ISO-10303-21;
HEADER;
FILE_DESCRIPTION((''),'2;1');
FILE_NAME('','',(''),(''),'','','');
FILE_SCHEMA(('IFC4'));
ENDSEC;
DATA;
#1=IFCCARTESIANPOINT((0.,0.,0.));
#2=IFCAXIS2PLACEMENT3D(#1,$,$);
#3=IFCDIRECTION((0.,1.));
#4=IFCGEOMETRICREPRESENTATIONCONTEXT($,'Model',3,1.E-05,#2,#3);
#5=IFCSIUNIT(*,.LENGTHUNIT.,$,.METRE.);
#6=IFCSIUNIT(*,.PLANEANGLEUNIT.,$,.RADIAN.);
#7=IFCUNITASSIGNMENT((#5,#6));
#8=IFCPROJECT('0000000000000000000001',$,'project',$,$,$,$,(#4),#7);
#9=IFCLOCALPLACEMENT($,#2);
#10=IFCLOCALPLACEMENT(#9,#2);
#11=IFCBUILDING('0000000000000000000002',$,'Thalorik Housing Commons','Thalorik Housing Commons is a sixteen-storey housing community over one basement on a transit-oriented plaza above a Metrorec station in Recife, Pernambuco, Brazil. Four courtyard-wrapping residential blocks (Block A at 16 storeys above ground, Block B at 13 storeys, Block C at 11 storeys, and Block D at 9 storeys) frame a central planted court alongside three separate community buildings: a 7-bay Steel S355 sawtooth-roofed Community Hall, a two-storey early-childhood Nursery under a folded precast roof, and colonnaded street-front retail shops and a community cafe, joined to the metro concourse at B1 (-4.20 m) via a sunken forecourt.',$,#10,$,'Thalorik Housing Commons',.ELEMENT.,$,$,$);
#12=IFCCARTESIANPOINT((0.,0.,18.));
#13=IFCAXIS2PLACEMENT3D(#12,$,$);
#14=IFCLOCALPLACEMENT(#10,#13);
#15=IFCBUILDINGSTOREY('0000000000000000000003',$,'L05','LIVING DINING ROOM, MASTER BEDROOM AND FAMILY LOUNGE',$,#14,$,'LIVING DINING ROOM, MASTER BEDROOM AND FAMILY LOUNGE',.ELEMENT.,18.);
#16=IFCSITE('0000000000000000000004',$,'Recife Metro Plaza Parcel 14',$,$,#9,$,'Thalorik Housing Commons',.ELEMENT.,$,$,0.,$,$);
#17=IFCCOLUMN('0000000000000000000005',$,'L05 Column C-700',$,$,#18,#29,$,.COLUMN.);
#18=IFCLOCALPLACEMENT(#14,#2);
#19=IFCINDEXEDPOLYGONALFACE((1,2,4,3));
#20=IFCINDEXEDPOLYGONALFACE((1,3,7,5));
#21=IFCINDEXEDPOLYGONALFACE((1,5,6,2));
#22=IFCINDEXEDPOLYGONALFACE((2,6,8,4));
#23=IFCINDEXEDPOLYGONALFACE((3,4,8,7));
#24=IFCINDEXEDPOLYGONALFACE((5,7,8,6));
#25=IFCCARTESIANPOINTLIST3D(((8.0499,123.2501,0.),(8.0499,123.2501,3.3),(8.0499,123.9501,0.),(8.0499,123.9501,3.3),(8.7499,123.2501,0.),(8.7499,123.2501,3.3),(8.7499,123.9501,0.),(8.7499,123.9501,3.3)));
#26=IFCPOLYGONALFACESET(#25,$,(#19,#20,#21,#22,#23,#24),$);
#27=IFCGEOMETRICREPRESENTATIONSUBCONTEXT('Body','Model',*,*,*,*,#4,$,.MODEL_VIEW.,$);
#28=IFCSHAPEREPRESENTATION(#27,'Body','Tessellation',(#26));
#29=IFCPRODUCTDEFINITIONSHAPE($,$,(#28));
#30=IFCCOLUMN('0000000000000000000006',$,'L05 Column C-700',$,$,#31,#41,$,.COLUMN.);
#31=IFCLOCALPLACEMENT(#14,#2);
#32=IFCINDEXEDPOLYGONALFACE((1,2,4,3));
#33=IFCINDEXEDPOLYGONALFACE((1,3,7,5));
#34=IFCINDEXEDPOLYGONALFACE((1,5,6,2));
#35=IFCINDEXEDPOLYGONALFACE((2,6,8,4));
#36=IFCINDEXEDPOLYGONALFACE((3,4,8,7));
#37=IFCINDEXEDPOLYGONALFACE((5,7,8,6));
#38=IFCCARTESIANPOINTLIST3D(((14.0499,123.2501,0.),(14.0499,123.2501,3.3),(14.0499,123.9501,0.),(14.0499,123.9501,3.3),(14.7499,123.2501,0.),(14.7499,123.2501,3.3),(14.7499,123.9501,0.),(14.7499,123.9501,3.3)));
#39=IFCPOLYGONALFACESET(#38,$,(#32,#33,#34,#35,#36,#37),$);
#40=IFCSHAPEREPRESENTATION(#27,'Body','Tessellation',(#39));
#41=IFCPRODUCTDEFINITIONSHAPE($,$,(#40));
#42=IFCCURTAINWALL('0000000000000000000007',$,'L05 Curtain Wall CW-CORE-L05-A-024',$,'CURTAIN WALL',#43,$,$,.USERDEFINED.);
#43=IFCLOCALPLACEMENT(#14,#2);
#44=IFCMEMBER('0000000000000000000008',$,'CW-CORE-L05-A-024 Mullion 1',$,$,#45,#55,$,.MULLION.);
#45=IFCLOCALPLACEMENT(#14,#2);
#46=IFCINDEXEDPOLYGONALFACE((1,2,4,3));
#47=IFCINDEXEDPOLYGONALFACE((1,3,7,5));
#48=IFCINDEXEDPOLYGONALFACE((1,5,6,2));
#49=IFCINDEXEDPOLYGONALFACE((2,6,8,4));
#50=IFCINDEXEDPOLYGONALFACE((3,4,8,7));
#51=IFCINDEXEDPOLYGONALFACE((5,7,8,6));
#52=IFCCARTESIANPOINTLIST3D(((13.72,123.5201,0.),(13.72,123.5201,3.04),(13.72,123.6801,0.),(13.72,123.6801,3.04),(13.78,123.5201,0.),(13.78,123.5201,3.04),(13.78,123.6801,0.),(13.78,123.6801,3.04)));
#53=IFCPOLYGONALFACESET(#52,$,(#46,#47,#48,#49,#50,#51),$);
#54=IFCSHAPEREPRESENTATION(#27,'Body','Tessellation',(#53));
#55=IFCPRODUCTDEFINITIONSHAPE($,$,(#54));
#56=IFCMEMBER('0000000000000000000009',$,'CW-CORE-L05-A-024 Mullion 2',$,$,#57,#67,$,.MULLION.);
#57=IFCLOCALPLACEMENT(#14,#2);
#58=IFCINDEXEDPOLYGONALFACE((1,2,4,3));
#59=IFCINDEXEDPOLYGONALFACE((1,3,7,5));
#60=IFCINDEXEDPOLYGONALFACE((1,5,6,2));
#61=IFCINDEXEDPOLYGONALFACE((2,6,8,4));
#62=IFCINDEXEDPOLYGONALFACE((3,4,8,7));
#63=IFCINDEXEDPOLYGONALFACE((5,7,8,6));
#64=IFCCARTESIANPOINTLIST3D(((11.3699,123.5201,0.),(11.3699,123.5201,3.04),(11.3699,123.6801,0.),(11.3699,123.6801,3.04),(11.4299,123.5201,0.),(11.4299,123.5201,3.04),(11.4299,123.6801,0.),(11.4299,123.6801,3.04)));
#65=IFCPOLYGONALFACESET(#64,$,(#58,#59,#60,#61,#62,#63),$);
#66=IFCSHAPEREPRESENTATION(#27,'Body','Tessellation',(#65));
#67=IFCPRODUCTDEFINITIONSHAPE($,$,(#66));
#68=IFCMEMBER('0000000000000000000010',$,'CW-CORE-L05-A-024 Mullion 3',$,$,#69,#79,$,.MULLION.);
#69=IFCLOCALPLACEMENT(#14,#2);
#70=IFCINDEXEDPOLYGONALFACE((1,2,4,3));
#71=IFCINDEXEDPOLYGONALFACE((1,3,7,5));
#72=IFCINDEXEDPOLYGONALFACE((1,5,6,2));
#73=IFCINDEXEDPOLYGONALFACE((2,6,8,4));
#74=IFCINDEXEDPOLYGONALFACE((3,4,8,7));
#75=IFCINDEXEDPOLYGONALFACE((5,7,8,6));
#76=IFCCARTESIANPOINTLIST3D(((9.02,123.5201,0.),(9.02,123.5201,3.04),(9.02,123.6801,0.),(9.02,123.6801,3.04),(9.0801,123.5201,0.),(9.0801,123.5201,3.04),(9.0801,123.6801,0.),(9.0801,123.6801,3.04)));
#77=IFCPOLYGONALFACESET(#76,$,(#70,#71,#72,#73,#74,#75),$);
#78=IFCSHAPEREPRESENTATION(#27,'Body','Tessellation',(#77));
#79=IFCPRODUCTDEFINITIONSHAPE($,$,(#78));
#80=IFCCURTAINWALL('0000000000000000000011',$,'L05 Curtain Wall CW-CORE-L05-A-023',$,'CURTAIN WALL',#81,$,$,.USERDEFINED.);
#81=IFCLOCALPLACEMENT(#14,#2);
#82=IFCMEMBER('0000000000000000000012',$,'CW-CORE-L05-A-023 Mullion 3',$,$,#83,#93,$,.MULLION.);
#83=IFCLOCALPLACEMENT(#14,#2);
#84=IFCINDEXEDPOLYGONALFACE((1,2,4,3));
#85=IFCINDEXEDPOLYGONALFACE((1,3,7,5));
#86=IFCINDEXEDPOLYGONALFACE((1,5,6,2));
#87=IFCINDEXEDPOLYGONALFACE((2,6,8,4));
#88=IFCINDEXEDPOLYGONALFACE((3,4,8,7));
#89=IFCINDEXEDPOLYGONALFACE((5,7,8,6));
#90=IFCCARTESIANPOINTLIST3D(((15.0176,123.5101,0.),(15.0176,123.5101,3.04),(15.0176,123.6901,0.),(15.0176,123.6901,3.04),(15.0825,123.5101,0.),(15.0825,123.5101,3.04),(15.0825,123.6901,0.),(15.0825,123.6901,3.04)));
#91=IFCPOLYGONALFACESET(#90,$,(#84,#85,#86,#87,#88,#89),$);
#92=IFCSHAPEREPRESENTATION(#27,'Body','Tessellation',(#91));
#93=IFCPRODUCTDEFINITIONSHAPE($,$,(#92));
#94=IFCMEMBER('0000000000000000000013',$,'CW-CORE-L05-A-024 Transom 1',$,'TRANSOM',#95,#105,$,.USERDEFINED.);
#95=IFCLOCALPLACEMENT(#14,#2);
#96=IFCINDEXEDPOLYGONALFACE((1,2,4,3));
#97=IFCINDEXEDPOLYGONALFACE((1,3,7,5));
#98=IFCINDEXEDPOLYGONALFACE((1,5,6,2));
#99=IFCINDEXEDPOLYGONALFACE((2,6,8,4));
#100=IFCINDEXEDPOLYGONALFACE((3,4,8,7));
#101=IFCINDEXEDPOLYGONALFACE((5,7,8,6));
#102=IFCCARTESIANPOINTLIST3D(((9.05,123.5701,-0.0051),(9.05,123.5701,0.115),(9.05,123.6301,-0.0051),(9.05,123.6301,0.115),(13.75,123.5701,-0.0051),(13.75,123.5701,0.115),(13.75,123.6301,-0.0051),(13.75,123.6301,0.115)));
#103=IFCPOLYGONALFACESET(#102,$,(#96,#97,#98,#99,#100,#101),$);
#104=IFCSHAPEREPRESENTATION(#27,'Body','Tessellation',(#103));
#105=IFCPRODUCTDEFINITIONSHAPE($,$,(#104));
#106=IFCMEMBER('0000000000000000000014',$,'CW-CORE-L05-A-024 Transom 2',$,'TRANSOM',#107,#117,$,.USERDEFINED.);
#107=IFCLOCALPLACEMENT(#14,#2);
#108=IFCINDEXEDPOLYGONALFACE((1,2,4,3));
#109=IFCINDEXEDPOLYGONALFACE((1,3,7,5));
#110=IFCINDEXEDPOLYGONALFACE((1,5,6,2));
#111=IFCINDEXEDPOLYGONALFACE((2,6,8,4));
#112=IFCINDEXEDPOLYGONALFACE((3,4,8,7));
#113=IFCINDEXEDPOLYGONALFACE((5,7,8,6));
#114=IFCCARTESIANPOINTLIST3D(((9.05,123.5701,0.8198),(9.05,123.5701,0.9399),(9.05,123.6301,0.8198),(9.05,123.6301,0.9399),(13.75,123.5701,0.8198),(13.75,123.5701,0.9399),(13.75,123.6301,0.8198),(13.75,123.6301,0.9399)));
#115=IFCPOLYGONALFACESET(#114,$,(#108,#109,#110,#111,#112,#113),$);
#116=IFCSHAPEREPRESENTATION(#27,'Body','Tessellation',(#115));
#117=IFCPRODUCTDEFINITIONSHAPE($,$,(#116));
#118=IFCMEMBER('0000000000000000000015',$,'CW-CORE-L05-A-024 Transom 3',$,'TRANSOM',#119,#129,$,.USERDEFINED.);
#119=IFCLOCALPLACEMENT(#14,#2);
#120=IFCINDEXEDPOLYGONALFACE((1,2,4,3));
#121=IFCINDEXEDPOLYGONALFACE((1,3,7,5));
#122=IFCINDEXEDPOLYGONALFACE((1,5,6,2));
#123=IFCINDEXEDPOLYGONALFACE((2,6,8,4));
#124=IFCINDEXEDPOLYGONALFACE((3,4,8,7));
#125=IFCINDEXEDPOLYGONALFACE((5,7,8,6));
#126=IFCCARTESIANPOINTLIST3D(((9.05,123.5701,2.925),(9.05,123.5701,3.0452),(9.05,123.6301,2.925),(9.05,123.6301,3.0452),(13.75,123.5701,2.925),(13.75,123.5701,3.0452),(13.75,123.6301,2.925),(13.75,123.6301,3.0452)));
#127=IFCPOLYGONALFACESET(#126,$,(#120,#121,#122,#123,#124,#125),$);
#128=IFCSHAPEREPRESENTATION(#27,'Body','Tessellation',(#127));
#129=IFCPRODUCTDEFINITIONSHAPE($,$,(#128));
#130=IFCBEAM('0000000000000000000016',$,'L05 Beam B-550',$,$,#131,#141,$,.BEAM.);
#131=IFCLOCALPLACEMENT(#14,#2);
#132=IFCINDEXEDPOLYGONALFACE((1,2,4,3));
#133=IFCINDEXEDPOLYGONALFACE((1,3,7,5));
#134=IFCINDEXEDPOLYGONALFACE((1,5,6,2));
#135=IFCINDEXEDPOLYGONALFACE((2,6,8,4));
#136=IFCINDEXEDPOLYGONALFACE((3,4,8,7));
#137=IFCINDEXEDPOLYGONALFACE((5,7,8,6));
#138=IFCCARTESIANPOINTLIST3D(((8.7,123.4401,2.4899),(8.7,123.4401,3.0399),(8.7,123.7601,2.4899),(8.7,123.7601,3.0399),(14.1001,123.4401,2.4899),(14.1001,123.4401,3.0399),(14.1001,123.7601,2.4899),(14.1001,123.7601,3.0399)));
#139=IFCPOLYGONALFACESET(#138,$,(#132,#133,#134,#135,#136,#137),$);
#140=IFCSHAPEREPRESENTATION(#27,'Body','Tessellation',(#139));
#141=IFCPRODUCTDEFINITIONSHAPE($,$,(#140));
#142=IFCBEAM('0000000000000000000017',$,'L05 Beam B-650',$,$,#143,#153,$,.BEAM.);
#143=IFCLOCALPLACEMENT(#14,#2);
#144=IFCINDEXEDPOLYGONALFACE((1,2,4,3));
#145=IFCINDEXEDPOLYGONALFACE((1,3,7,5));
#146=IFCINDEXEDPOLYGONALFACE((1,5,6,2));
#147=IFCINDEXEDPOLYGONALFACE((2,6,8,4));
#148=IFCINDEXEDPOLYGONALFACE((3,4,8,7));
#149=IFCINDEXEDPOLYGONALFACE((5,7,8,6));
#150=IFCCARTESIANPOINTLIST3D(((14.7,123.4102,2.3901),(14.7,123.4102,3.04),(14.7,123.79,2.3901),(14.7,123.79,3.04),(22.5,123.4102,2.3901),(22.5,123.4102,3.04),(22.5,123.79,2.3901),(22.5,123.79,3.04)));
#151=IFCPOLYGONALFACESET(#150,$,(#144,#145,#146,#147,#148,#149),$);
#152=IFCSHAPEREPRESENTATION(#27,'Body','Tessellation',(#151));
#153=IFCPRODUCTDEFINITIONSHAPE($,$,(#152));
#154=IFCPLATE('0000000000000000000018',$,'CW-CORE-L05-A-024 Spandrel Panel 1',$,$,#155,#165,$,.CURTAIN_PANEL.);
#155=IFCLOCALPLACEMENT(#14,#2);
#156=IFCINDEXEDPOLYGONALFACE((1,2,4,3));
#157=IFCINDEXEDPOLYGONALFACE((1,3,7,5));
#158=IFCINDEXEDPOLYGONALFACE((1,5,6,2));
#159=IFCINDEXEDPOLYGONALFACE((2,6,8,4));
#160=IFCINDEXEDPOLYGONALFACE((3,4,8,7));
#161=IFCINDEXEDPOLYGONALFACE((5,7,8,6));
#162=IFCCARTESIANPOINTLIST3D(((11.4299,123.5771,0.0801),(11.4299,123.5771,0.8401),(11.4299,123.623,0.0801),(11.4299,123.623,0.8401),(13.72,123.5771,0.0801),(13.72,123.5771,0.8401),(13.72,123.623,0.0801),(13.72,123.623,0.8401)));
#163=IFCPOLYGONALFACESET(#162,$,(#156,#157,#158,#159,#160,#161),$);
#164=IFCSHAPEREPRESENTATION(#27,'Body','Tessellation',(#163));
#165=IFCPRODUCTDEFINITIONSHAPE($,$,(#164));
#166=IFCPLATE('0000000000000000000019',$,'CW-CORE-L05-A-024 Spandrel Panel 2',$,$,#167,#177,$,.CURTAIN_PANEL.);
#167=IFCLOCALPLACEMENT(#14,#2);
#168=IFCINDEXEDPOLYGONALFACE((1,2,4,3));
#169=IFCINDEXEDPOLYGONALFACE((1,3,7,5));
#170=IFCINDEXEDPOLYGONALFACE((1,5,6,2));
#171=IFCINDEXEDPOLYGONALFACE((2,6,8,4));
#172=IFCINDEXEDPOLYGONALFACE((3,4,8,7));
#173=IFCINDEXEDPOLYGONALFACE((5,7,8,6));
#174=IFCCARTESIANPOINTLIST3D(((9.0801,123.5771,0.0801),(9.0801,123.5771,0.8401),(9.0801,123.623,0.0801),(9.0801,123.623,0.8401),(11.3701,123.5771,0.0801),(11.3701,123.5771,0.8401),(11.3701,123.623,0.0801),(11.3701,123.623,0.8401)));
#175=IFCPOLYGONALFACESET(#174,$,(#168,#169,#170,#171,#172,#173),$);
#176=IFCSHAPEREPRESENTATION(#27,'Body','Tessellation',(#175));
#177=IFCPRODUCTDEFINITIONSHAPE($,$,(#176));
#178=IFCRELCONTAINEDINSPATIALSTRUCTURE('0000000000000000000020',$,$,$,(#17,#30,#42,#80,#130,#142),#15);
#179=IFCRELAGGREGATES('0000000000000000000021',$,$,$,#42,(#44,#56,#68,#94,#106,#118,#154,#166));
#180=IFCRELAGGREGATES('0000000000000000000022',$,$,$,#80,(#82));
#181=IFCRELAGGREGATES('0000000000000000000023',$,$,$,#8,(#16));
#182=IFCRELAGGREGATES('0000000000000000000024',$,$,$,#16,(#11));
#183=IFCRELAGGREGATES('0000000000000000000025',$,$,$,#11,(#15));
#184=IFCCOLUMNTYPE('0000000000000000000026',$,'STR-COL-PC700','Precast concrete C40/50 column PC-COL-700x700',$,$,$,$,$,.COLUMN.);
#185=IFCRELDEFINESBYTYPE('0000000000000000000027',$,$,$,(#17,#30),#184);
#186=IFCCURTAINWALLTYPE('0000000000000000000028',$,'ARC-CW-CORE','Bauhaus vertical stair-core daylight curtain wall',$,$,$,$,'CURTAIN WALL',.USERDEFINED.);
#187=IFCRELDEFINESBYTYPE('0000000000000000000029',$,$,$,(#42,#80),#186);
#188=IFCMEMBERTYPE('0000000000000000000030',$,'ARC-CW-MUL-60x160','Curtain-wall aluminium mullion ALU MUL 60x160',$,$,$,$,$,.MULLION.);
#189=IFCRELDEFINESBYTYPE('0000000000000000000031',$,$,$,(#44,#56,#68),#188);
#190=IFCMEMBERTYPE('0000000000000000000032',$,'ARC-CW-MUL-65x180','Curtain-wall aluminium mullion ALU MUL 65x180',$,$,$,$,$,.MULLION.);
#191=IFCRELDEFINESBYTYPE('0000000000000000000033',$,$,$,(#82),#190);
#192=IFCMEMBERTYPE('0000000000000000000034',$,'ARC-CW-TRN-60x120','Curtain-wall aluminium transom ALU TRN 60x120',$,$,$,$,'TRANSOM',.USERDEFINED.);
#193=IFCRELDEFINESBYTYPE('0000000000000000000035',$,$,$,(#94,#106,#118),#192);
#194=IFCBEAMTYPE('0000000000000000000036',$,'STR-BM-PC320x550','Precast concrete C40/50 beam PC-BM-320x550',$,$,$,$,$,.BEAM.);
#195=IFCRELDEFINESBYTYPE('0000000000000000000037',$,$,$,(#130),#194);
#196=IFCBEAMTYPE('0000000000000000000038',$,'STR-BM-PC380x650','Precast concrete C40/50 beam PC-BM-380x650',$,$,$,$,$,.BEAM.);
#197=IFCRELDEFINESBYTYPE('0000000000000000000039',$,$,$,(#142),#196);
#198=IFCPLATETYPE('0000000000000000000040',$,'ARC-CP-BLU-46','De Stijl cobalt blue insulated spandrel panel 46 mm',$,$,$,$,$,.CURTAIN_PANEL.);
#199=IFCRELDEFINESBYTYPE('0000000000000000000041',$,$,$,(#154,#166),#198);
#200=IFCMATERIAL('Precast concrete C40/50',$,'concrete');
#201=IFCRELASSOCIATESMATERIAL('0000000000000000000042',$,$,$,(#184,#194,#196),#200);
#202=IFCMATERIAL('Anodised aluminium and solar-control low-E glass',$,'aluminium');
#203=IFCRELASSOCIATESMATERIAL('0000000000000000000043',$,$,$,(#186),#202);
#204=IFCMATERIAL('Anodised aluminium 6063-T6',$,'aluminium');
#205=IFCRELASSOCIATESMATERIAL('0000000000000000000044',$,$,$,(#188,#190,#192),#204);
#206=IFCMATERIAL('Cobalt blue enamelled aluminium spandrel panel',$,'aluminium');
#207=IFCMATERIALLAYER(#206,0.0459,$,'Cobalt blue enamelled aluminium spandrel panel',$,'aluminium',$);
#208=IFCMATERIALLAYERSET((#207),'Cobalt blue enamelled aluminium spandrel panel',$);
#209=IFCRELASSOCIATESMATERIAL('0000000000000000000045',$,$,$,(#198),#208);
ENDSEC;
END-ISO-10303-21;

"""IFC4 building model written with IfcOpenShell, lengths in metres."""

from ifc_helpers import new_model, si_unit, direction, frame, origin, origin_2d, place, context, subcontext, project, spatial, rectangle, extrude, material, layer, layer_set, material_profile, profile_set, type_object, element, aggregate, save


model = new_model("IFC4")

# Units and contexts
model_context = context("Model", 3, precision=1e-05, world=origin(), true_north=direction((0.0, 1.0)))
body_context = subcontext(model_context, "Body", "Model", "MODEL_VIEW")
ifc_project = project(units=[si_unit("LENGTHUNIT", "METRE"), si_unit("PLANEANGLEUNIT", "RADIAN")], contexts=[model_context])

# Site, building, storey
site_placement = place(None, origin())
site = spatial("IfcSite", under=ifc_project, at=site_placement, Name="Recife Metro Plaza Parcel 14", LongName="Thalorik Housing Commons", CompositionType="ELEMENT", RefElevation=0.0)
building_placement = place(site_placement, origin())
building = spatial("IfcBuilding", under=site, at=building_placement, Name="Thalorik Housing Commons", Description="Thalorik Housing Commons is a sixteen-storey housing community over one basement on a transit-oriented plaza above a Metrorec station in Recife, Pernambuco, Brazil. Four courtyard-wrapping residential blocks (Block A at 16 storeys above ground, Block B at 13 storeys, Block C at 11 storeys, and Block D at 9 storeys) frame a central planted court alongside three separate community buildings: a 7-bay Steel S355 sawtooth-roofed Community Hall, a two-storey early-childhood Nursery under a folded precast roof, and colonnaded street-front retail shops and a community cafe, joined to the metro concourse at B1 (-4.20 m) via a sunken forecourt.", LongName="Thalorik Housing Commons", CompositionType="ELEMENT")
storey_placement = place(building_placement, frame((0.0, 0.0, 18.0)))
storey = spatial("IfcBuildingStorey", under=building, at=storey_placement, Name="L05", Description="LIVING DINING ROOM, MASTER BEDROOM AND FAMILY LOUNGE", LongName="LIVING DINING ROOM, MASTER BEDROOM AND FAMILY LOUNGE", CompositionType="ELEMENT", Elevation=18.0)

# Columns
ifc_material_1 = material(Name="Precast concrete C40/50", Category="concrete")
ifc_material_profile_1 = material_profile(ifc_material_1, rectangle(XDim=0.7, YDim=0.7, at=origin_2d()), Name="PC 700x700", Category="concrete")
ifc_profile_set_1 = profile_set([ifc_material_profile_1], Name="Precast concrete C40/50")
column_type = type_object("IfcColumnType", Name="STR-COL-PC700", Description="Precast concrete C40/50 column PC-COL-700x700", PredefinedType="COLUMN", material=ifc_profile_set_1)
for number, where, z_axis, x_axis, name in (
    (1, (8.3999, 123.6001, 0.0), (0.0, 0.0, 1.0), (1.0, 0.0, 0.0), "L05 Column C-700"),
    (2, (14.3999, 123.6001, 0.0), (0.0, 0.0, 1.0), (1.0, 0.0, 0.0), "L05 Column C-700"),
):
    element("IfcColumn", number, at=place(storey_placement, frame(where, z_axis=z_axis, x_axis=x_axis)), inside=storey, type_object=column_type, Name=name, PredefinedType="COLUMN", context=body_context, shape_type="SweptSolid", body=[
        extrude(rectangle(XDim=0.7, YDim=0.7, at=origin_2d()), origin(), (0.0, 0.0, 1.0), 3.3),
    ])

# Curtain wall, members
ifc_material_2 = material(Name="Anodised aluminium and solar-control low-E glass", Category="aluminium")
curtain_wall_type = type_object("IfcCurtainWallType", Name="ARC-CW-CORE", Description="Bauhaus vertical stair-core daylight curtain wall", ElementType="CURTAIN WALL", PredefinedType="USERDEFINED", material=ifc_material_2)
curtain_wall_1_placement = place(storey_placement, origin())
curtain_wall_1 = element("IfcCurtainWall", 3, at=curtain_wall_1_placement, inside=storey, type_object=curtain_wall_type, Name="L05 Curtain Wall CW-CORE-L05-A-024", ObjectType="CURTAIN WALL", PredefinedType="USERDEFINED")
ifc_material_3 = material(Name="Anodised aluminium 6063-T6", Category="aluminium")
ifc_material_profile_2 = material_profile(ifc_material_3, rectangle(XDim=0.0601, YDim=0.1599, at=origin_2d()), Name="ALU MUL 60x160", Category="aluminium")
ifc_profile_set_2 = profile_set([ifc_material_profile_2], Name="Anodised aluminium 6063-T6")
member_type_1 = type_object("IfcMemberType", Name="ARC-CW-MUL-60x160", Description="Curtain-wall aluminium mullion ALU MUL 60x160", PredefinedType="MULLION", material=ifc_profile_set_2)
member_1_placement = place(storey_placement, frame((13.75, 123.6001, 0.0), z_axis=(0.0, 0.0, 1.0), x_axis=(-1.0, 0.0, 0.0)))
member_1 = element("IfcMember", 4, at=member_1_placement, type_object=member_type_1, Name="CW-CORE-L05-A-024 Mullion 1", PredefinedType="MULLION", context=body_context, shape_type="SweptSolid", body=[
    extrude(rectangle(XDim=0.0601, YDim=0.1599, at=origin_2d()), origin(), (0.0, 0.0, 1.0), 3.04),
])
member_2_placement = place(storey_placement, frame((11.3999, 123.6001, 0.0), z_axis=(0.0, 0.0, 1.0), x_axis=(-1.0, 0.0, 0.0)))
member_2 = element("IfcMember", 5, at=member_2_placement, type_object=member_type_1, Name="CW-CORE-L05-A-024 Mullion 2", PredefinedType="MULLION", context=body_context, shape_type="SweptSolid", body=[
    extrude(rectangle(XDim=0.0601, YDim=0.1599, at=origin_2d()), origin(), (0.0, 0.0, 1.0), 3.04),
])
member_3_placement = place(storey_placement, frame((9.05, 123.6001, 0.0), z_axis=(0.0, 0.0, 1.0), x_axis=(-1.0, 0.0, 0.0)))
member_3 = element("IfcMember", 6, at=member_3_placement, type_object=member_type_1, Name="CW-CORE-L05-A-024 Mullion 3", PredefinedType="MULLION", context=body_context, shape_type="SweptSolid", body=[
    extrude(rectangle(XDim=0.0601, YDim=0.1599, at=origin_2d()), origin(), (0.0, 0.0, 1.0), 3.04),
])

# Curtain wall, member
curtain_wall_2_placement = place(storey_placement, origin())
curtain_wall_2 = element("IfcCurtainWall", 7, at=curtain_wall_2_placement, inside=storey, type_object=curtain_wall_type, Name="L05 Curtain Wall CW-CORE-L05-A-023", ObjectType="CURTAIN WALL", PredefinedType="USERDEFINED")
ifc_material_profile_3 = material_profile(ifc_material_3, rectangle(XDim=0.0649, YDim=0.1799, at=origin_2d()), Name="ALU MUL 65x180", Category="aluminium")
ifc_profile_set_3 = profile_set([ifc_material_profile_3], Name="Anodised aluminium 6063-T6")
member_type_2 = type_object("IfcMemberType", Name="ARC-CW-MUL-65x180", Description="Curtain-wall aluminium mullion ALU MUL 65x180", PredefinedType="MULLION", material=ifc_profile_set_3)
member_4_placement = place(storey_placement, frame((15.05, 123.6001, 0.0), z_axis=(0.0, 0.0, 1.0), x_axis=(-1.0, 0.0, 0.0)))
member_4 = element("IfcMember", 8, at=member_4_placement, type_object=member_type_2, Name="CW-CORE-L05-A-023 Mullion 3", PredefinedType="MULLION", context=body_context, shape_type="SweptSolid", body=[
    extrude(rectangle(XDim=0.0649, YDim=0.1799, at=origin_2d()), origin(), (0.0, 0.0, 1.0), 3.04),
])

# Members
ifc_material_profile_4 = material_profile(ifc_material_3, rectangle(XDim=0.0601, YDim=0.1201, at=origin_2d()), Name="ALU TRN 60x120", Category="aluminium")
ifc_profile_set_4 = profile_set([ifc_material_profile_4], Name="Anodised aluminium 6063-T6")
member_type_3 = type_object("IfcMemberType", Name="ARC-CW-TRN-60x120", Description="Curtain-wall aluminium transom ALU TRN 60x120", ElementType="TRANSOM", PredefinedType="USERDEFINED", material=ifc_profile_set_4)
member_5_placement = place(storey_placement, frame((13.75, 123.6001, 0.0549), z_axis=(-1.0, 0.0, 0.0), x_axis=(0.0, -1.0, 0.0)))
member_5 = element("IfcMember", 9, at=member_5_placement, type_object=member_type_3, Name="CW-CORE-L05-A-024 Transom 1", ObjectType="TRANSOM", PredefinedType="USERDEFINED", context=body_context, shape_type="SweptSolid", body=[
    extrude(rectangle(XDim=0.0601, YDim=0.1201, at=origin_2d()), origin(), (0.0, 0.0, 1.0), 4.7),
])
member_6_placement = place(storey_placement, frame((13.75, 123.6001, 0.8799), z_axis=(-1.0, 0.0, 0.0), x_axis=(0.0, -1.0, 0.0)))
member_6 = element("IfcMember", 10, at=member_6_placement, type_object=member_type_3, Name="CW-CORE-L05-A-024 Transom 2", ObjectType="TRANSOM", PredefinedType="USERDEFINED", context=body_context, shape_type="SweptSolid", body=[
    extrude(rectangle(XDim=0.0601, YDim=0.1201, at=origin_2d()), origin(), (0.0, 0.0, 1.0), 4.7),
])
member_7_placement = place(storey_placement, frame((13.75, 123.6001, 2.9851), z_axis=(-1.0, 0.0, 0.0), x_axis=(0.0, -1.0, 0.0)))
member_7 = element("IfcMember", 11, at=member_7_placement, type_object=member_type_3, Name="CW-CORE-L05-A-024 Transom 3", ObjectType="TRANSOM", PredefinedType="USERDEFINED", context=body_context, shape_type="SweptSolid", body=[
    extrude(rectangle(XDim=0.0601, YDim=0.1201, at=origin_2d()), origin(), (0.0, 0.0, 1.0), 4.7),
])

# Beams
ifc_material_profile_5 = material_profile(ifc_material_1, rectangle(XDim=0.3201, YDim=0.55, at=origin_2d()), Name="PC 320x550", Category="concrete")
ifc_profile_set_5 = profile_set([ifc_material_profile_5], Name="Precast concrete C40/50")
beam_type_1 = type_object("IfcBeamType", Name="STR-BM-PC320x550", Description="Precast concrete C40/50 beam PC-BM-320x550", PredefinedType="BEAM", material=ifc_profile_set_5)
beam_1_placement = place(storey_placement, frame((8.7, 123.6001, 2.7649), z_axis=(1.0, 0.0, 0.0), x_axis=(0.0, 1.0, 0.0)))
element("IfcBeam", 12, at=beam_1_placement, inside=storey, type_object=beam_type_1, Name="L05 Beam B-550", PredefinedType="BEAM", context=body_context, shape_type="SweptSolid", body=[
    extrude(rectangle(XDim=0.3201, YDim=0.55, at=origin_2d()), origin(), (0.0, 0.0, 1.0), 5.4001),
])
ifc_material_profile_6 = material_profile(ifc_material_1, rectangle(XDim=0.3799, YDim=0.6499, at=origin_2d()), Name="PC 380x650", Category="concrete")
ifc_profile_set_6 = profile_set([ifc_material_profile_6], Name="Precast concrete C40/50")
beam_type_2 = type_object("IfcBeamType", Name="STR-BM-PC380x650", Description="Precast concrete C40/50 beam PC-BM-380x650", PredefinedType="BEAM", material=ifc_profile_set_6)
beam_2_placement = place(storey_placement, frame((14.7, 123.6001, 2.7151), z_axis=(1.0, 0.0, 0.0), x_axis=(0.0, 1.0, 0.0)))
element("IfcBeam", 13, at=beam_2_placement, inside=storey, type_object=beam_type_2, Name="L05 Beam B-650", PredefinedType="BEAM", context=body_context, shape_type="SweptSolid", body=[
    extrude(rectangle(XDim=0.3799, YDim=0.6499, at=origin_2d()), origin(), (0.0, 0.0, 1.0), 7.8),
])

# Plates
ifc_material_4 = material(Name="Cobalt blue enamelled aluminium spandrel panel", Category="aluminium")
ifc_layer_1 = layer(ifc_material_4, 0.0459, Name="Cobalt blue enamelled aluminium spandrel panel", Category="aluminium")
ifc_layer_set_1 = layer_set([ifc_layer_1], Name="Cobalt blue enamelled aluminium spandrel panel")
plate_type_1 = type_object("IfcPlateType", Name="ARC-CP-BLU-46", Description="De Stijl cobalt blue insulated spandrel panel 46 mm", PredefinedType="CURTAIN_PANEL", material=ifc_layer_set_1)
plate_1_placement = place(storey_placement, frame((12.575, 123.6001, 0.0801), z_axis=(0.0, 0.0, 1.0), x_axis=(-1.0, 0.0, 0.0)))
plate_1 = element("IfcPlate", 14, at=plate_1_placement, type_object=plate_type_1, Name="CW-CORE-L05-A-024 Spandrel Panel 1", PredefinedType="CURTAIN_PANEL", context=body_context, shape_type="SweptSolid", body=[
    extrude(rectangle(XDim=2.29, YDim=0.0459, at=origin_2d()), origin(), (0.0, 0.0, 1.0), 0.76),
])
plate_2_placement = place(storey_placement, frame((10.2251, 123.6001, 0.0801), z_axis=(0.0, 0.0, 1.0), x_axis=(-1.0, 0.0, 0.0)))
plate_2 = element("IfcPlate", 15, at=plate_2_placement, type_object=plate_type_1, Name="CW-CORE-L05-A-024 Spandrel Panel 2", PredefinedType="CURTAIN_PANEL", context=body_context, shape_type="SweptSolid", body=[
    extrude(rectangle(XDim=2.29, YDim=0.0459, at=origin_2d()), origin(), (0.0, 0.0, 1.0), 0.76),
])
aggregate(curtain_wall_1, [member_1, member_2, member_3, member_5, member_6, member_7, plate_1, plate_2])
aggregate(curtain_wall_2, [member_4])

save(model, "model.ifc")
